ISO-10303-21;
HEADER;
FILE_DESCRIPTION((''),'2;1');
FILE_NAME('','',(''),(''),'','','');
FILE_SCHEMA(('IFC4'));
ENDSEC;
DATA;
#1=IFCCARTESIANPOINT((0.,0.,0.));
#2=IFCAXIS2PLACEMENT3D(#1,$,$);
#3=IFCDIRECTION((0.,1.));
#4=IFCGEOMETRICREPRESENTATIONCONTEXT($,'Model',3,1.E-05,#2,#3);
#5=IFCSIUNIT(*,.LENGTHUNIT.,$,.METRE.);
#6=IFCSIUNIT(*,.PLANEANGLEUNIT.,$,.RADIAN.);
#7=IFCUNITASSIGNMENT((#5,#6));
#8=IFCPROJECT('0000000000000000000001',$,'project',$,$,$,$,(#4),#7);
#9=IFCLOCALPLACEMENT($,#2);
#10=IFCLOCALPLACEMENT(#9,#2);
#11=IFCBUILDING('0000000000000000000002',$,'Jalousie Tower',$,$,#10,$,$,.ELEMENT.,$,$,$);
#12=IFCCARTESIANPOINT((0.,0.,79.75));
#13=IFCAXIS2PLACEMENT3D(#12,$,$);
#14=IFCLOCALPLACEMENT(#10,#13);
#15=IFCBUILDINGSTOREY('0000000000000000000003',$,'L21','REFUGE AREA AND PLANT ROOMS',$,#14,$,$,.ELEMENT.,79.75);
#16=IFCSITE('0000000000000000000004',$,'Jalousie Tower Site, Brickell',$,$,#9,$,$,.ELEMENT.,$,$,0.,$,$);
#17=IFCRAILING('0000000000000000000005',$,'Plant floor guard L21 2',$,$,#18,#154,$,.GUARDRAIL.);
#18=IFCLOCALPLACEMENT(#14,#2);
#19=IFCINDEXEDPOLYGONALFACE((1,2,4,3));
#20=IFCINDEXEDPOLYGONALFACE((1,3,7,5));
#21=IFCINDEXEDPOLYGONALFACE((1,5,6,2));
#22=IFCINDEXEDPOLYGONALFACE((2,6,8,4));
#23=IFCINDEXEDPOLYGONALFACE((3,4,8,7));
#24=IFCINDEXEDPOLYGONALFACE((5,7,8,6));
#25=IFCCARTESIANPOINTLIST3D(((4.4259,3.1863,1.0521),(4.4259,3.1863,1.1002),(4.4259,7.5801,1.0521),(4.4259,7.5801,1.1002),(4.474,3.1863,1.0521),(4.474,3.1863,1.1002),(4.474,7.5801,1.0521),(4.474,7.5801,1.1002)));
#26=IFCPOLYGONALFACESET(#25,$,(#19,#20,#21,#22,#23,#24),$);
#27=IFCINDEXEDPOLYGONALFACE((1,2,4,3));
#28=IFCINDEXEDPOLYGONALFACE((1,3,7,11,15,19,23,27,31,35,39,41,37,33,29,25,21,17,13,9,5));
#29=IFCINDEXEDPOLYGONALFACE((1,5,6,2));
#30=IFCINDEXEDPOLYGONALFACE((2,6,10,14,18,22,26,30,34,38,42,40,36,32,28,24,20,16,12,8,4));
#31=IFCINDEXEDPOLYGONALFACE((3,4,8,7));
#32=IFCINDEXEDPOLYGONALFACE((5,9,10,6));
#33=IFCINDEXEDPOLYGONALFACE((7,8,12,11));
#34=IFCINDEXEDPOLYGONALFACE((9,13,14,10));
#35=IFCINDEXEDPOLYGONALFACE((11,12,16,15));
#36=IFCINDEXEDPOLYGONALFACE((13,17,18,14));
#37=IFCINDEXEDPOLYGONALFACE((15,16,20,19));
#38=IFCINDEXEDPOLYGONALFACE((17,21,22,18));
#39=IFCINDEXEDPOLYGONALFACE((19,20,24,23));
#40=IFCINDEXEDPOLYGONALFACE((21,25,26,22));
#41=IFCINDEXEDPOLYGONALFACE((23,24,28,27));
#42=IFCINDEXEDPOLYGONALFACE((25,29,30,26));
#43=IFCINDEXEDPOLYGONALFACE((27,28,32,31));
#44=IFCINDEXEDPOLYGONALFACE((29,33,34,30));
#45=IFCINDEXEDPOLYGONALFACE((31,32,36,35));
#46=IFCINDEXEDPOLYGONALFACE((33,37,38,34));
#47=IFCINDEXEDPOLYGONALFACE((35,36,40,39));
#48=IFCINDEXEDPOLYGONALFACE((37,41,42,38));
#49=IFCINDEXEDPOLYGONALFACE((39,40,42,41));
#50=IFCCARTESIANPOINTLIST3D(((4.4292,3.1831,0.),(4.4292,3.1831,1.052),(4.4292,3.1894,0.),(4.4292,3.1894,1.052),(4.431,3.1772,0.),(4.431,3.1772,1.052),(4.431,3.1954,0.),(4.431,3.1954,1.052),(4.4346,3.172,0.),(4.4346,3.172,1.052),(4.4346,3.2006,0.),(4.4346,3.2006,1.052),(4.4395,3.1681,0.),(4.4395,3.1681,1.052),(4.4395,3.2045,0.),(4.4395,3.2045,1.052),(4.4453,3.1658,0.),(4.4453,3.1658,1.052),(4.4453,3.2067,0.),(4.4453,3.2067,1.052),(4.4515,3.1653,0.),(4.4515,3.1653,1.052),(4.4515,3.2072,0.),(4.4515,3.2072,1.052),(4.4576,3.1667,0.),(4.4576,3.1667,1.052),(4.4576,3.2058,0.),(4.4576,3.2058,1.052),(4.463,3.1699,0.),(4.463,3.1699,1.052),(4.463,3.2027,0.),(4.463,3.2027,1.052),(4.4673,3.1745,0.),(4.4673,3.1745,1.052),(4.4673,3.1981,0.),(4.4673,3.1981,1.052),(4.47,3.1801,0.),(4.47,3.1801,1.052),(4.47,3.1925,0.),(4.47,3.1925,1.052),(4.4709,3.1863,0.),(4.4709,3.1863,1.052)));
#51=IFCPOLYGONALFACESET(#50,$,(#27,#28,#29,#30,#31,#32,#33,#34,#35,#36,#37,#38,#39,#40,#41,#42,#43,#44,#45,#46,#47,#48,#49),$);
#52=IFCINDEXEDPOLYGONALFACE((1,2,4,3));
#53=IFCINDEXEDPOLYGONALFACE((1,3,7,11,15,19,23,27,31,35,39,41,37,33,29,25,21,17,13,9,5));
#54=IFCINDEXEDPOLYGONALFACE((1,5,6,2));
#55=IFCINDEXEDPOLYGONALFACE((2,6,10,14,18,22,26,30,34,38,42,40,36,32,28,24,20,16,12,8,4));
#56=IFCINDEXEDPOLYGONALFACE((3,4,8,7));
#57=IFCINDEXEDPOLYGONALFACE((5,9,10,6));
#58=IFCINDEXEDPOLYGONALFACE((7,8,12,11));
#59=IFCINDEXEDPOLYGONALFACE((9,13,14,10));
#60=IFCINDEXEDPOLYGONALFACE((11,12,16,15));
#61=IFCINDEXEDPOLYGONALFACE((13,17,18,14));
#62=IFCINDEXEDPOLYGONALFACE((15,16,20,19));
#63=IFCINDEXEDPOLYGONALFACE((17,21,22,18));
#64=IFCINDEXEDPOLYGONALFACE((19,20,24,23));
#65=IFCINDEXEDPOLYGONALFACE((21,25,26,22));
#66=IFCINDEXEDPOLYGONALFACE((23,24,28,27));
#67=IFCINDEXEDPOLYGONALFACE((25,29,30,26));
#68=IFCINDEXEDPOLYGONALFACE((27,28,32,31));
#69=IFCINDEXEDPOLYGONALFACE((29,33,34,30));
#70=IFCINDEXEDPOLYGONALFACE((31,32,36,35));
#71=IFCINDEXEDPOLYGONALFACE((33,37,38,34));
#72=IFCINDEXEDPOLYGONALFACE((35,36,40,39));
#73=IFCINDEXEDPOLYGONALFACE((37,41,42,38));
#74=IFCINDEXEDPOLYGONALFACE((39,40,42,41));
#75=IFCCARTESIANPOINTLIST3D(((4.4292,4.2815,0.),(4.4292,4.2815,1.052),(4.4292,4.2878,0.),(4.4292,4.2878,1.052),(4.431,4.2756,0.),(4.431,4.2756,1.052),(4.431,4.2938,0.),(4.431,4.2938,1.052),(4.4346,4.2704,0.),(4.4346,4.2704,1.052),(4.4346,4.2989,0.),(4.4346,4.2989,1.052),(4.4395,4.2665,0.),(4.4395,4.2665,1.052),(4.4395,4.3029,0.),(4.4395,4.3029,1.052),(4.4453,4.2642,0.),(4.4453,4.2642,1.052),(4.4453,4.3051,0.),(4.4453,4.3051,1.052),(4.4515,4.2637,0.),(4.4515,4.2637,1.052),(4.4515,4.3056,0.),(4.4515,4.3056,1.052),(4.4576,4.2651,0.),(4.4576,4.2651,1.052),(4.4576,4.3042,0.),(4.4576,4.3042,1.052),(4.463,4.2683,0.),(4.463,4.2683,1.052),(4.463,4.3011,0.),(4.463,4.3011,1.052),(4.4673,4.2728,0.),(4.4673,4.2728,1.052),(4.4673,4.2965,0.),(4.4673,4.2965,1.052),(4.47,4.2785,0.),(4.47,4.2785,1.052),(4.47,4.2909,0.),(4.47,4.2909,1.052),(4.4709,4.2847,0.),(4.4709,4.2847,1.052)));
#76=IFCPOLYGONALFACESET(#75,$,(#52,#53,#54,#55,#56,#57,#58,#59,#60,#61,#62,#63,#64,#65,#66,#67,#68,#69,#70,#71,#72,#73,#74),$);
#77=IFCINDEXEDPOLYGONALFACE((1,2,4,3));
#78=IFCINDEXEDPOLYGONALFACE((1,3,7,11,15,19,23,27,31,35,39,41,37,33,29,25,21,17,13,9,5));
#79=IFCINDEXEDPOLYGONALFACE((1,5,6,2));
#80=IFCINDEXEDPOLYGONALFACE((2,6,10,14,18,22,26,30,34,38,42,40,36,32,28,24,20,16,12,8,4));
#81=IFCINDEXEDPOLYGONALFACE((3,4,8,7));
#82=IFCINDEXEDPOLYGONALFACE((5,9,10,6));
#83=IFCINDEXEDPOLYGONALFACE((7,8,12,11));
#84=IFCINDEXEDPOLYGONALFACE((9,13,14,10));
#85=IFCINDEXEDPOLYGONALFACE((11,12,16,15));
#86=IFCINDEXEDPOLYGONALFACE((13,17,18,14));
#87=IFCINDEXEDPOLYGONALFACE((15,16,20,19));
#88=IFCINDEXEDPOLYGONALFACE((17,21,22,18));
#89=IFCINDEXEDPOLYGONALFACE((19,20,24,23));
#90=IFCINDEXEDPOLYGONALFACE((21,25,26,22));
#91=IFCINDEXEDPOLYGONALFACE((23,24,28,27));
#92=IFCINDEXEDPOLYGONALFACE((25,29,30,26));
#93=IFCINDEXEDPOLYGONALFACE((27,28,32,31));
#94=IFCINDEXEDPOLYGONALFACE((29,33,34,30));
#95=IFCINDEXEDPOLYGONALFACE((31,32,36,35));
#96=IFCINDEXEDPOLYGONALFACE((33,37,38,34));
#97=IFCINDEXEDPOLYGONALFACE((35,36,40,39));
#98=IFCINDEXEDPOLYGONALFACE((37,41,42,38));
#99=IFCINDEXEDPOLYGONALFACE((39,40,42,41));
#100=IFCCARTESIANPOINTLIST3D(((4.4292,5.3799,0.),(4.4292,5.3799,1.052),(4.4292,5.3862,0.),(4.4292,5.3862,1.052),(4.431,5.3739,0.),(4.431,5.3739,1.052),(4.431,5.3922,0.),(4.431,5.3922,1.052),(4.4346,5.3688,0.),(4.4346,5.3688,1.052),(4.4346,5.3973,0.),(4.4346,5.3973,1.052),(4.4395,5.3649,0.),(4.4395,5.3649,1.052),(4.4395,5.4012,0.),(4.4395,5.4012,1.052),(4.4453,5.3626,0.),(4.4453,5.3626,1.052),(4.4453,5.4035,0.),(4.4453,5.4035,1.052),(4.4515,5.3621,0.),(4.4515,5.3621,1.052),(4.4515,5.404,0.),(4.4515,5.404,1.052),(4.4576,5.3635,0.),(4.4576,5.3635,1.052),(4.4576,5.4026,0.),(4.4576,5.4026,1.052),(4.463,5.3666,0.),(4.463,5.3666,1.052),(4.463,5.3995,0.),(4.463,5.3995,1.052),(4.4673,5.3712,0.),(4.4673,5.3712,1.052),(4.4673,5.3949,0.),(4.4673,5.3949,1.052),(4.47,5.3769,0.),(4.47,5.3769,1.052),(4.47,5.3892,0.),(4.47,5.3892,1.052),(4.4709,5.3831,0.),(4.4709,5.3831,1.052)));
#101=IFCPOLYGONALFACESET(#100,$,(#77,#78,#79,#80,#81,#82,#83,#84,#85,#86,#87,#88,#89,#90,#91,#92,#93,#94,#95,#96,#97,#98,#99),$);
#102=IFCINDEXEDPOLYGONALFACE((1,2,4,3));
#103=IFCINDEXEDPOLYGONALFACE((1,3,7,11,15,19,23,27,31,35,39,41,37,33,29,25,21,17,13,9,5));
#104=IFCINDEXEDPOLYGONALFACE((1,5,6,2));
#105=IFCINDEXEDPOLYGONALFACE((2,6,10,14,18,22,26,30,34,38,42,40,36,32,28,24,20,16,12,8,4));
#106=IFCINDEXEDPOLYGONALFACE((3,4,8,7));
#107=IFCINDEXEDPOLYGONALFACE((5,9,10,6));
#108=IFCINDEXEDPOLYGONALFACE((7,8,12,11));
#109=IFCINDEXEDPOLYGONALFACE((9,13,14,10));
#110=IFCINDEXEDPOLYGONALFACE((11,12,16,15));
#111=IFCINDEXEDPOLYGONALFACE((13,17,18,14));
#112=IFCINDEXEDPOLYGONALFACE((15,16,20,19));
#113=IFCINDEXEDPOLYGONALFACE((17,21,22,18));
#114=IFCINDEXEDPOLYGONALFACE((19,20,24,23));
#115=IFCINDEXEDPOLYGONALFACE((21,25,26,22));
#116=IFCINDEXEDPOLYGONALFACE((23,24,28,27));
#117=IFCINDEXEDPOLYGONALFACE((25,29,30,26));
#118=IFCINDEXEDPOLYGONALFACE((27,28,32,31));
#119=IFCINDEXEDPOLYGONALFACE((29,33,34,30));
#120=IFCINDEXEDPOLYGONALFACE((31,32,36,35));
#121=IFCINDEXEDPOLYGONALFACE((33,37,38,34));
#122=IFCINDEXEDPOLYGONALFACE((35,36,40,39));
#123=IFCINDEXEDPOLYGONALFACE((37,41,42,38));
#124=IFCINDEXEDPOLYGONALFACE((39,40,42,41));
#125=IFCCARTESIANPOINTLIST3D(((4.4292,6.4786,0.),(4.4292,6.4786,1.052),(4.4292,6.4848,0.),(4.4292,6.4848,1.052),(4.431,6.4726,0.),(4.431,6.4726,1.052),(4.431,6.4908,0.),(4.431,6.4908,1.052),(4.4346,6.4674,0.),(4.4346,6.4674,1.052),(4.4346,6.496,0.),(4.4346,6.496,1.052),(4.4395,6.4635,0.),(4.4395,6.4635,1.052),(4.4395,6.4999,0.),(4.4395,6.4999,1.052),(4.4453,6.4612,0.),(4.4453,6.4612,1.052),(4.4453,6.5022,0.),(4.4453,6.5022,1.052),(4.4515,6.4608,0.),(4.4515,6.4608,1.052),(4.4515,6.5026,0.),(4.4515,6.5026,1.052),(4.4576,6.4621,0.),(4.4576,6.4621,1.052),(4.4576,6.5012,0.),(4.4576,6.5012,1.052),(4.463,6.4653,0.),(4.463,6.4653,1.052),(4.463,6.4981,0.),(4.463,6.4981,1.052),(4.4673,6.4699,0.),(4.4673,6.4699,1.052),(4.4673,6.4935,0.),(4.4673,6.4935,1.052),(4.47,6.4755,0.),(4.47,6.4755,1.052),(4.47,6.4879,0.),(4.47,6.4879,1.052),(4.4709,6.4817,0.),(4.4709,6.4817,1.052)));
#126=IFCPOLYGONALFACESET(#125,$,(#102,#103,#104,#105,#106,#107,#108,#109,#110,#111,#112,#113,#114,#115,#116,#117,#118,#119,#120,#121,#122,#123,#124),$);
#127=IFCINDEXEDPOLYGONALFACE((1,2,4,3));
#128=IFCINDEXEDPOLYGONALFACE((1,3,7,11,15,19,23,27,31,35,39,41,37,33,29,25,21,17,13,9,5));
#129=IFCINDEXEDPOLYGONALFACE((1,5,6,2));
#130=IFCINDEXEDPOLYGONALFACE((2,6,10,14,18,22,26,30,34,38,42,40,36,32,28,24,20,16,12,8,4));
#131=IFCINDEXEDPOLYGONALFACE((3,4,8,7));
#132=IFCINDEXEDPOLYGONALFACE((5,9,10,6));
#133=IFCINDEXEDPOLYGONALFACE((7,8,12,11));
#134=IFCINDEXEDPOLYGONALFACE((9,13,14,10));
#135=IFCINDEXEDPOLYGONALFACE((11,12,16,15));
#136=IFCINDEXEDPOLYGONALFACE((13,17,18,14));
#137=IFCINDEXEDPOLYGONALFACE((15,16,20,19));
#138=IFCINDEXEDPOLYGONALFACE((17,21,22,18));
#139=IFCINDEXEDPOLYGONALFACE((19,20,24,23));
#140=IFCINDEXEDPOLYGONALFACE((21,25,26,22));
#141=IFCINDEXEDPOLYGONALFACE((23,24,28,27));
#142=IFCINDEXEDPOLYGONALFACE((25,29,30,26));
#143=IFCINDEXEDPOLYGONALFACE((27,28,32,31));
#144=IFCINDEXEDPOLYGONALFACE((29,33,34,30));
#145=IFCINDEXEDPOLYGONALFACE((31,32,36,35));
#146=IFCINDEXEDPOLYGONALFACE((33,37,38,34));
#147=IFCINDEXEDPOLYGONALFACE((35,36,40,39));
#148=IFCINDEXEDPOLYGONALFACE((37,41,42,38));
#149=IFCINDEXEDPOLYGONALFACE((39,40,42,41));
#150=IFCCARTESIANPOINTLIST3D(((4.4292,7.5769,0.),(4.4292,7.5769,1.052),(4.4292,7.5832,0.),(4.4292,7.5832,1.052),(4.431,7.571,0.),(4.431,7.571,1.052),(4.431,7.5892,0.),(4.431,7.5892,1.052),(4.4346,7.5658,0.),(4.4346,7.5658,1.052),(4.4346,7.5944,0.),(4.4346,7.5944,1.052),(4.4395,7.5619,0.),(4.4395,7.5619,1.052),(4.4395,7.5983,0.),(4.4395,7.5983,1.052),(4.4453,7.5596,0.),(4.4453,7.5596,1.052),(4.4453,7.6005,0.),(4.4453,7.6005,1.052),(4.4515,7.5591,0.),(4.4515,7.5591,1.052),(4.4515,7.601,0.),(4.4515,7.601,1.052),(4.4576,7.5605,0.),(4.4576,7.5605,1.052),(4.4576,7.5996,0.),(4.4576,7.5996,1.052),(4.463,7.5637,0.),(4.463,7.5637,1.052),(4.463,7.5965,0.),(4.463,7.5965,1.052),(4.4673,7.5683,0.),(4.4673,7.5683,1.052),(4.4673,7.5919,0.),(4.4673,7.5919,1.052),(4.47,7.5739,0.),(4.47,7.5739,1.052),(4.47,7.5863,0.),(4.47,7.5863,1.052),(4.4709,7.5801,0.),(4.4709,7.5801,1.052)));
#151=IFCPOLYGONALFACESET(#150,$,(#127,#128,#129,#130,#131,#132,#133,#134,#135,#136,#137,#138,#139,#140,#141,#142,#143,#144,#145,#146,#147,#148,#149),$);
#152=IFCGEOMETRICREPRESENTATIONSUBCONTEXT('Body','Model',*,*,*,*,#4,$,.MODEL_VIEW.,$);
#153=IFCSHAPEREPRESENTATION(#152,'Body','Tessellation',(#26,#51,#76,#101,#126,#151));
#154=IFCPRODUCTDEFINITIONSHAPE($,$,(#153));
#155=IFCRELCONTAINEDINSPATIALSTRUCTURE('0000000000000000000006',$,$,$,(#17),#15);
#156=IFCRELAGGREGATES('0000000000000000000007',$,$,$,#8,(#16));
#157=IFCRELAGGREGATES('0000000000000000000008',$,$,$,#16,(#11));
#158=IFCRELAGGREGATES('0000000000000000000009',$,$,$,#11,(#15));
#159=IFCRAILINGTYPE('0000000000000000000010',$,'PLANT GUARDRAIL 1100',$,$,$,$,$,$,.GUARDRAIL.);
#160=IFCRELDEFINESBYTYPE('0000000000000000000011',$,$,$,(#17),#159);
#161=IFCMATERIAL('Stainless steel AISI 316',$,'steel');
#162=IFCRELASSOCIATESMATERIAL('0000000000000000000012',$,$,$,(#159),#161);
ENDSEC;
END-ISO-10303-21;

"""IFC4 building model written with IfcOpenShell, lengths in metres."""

from ifc_helpers import new_model, si_unit, direction, frame, origin, origin_2d, place, context, subcontext, project, spatial, rectangle, circle, extrude, material, type_object, element, save


model = new_model("IFC4")

# Units and contexts
model_context = context("Model", 3, precision=1e-05, world=origin(), true_north=direction((0.0, 1.0)))
body_context = subcontext(model_context, "Body", "Model", "MODEL_VIEW")
ifc_project = project(units=[si_unit("LENGTHUNIT", "METRE"), si_unit("PLANEANGLEUNIT", "RADIAN")], contexts=[model_context])

# Site, building, storey
site_placement = place(None, origin())
site = spatial("IfcSite", under=ifc_project, at=site_placement, Name="Jalousie Tower Site, Brickell", CompositionType="ELEMENT", RefElevation=0.0)
building_placement = place(site_placement, origin())
building = spatial("IfcBuilding", under=site, at=building_placement, Name="Jalousie Tower", CompositionType="ELEMENT")
storey_placement = place(building_placement, frame((0.0, 0.0, 79.75)))
storey = spatial("IfcBuildingStorey", under=building, at=storey_placement, Name="L21", Description="REFUGE AREA AND PLANT ROOMS", CompositionType="ELEMENT", Elevation=79.75)

# Railing
ifc_material_1 = material(Name="Stainless steel AISI 316", Category="steel")
railing_type = type_object("IfcRailingType", Name="PLANT GUARDRAIL 1100", PredefinedType="GUARDRAIL", material=ifc_material_1)
railing_1_placement = place(storey_placement, frame((4.45, 3.1863, 0.0)))
element("IfcRailing", 1, at=railing_1_placement, inside=storey, type_object=railing_type, Name="Plant floor guard L21 2", PredefinedType="GUARDRAIL", context=body_context, shape_type="SweptSolid", body=[
    extrude(rectangle(XDim=0.0481, YDim=0.0481, at=origin_2d()), frame((0.0, 0.0, 1.0762), z_axis=(0.0, 1.0, 0.0), x_axis=(-1.0, 0.0, 0.0)), (0.0, 0.0, 1.0), 4.3938),
    extrude(circle(Radius=0.021, at=origin_2d()), origin(), (0.0, 0.0, 1.0), 1.052),
    extrude(circle(Radius=0.021, at=origin_2d()), frame((0.0, 1.0984, 0.0)), (0.0, 0.0, 1.0), 1.052),
    extrude(circle(Radius=0.021, at=origin_2d()), frame((0.0, 2.1968, 0.0)), (0.0, 0.0, 1.0), 1.052),
    extrude(circle(Radius=0.021, at=origin_2d()), frame((0.0, 3.2954, 0.0)), (0.0, 0.0, 1.0), 1.052),
    extrude(circle(Radius=0.021, at=origin_2d()), frame((0.0, 4.3938, 0.0)), (0.0, 0.0, 1.0), 1.052),
])

save(model, "model.ifc")
